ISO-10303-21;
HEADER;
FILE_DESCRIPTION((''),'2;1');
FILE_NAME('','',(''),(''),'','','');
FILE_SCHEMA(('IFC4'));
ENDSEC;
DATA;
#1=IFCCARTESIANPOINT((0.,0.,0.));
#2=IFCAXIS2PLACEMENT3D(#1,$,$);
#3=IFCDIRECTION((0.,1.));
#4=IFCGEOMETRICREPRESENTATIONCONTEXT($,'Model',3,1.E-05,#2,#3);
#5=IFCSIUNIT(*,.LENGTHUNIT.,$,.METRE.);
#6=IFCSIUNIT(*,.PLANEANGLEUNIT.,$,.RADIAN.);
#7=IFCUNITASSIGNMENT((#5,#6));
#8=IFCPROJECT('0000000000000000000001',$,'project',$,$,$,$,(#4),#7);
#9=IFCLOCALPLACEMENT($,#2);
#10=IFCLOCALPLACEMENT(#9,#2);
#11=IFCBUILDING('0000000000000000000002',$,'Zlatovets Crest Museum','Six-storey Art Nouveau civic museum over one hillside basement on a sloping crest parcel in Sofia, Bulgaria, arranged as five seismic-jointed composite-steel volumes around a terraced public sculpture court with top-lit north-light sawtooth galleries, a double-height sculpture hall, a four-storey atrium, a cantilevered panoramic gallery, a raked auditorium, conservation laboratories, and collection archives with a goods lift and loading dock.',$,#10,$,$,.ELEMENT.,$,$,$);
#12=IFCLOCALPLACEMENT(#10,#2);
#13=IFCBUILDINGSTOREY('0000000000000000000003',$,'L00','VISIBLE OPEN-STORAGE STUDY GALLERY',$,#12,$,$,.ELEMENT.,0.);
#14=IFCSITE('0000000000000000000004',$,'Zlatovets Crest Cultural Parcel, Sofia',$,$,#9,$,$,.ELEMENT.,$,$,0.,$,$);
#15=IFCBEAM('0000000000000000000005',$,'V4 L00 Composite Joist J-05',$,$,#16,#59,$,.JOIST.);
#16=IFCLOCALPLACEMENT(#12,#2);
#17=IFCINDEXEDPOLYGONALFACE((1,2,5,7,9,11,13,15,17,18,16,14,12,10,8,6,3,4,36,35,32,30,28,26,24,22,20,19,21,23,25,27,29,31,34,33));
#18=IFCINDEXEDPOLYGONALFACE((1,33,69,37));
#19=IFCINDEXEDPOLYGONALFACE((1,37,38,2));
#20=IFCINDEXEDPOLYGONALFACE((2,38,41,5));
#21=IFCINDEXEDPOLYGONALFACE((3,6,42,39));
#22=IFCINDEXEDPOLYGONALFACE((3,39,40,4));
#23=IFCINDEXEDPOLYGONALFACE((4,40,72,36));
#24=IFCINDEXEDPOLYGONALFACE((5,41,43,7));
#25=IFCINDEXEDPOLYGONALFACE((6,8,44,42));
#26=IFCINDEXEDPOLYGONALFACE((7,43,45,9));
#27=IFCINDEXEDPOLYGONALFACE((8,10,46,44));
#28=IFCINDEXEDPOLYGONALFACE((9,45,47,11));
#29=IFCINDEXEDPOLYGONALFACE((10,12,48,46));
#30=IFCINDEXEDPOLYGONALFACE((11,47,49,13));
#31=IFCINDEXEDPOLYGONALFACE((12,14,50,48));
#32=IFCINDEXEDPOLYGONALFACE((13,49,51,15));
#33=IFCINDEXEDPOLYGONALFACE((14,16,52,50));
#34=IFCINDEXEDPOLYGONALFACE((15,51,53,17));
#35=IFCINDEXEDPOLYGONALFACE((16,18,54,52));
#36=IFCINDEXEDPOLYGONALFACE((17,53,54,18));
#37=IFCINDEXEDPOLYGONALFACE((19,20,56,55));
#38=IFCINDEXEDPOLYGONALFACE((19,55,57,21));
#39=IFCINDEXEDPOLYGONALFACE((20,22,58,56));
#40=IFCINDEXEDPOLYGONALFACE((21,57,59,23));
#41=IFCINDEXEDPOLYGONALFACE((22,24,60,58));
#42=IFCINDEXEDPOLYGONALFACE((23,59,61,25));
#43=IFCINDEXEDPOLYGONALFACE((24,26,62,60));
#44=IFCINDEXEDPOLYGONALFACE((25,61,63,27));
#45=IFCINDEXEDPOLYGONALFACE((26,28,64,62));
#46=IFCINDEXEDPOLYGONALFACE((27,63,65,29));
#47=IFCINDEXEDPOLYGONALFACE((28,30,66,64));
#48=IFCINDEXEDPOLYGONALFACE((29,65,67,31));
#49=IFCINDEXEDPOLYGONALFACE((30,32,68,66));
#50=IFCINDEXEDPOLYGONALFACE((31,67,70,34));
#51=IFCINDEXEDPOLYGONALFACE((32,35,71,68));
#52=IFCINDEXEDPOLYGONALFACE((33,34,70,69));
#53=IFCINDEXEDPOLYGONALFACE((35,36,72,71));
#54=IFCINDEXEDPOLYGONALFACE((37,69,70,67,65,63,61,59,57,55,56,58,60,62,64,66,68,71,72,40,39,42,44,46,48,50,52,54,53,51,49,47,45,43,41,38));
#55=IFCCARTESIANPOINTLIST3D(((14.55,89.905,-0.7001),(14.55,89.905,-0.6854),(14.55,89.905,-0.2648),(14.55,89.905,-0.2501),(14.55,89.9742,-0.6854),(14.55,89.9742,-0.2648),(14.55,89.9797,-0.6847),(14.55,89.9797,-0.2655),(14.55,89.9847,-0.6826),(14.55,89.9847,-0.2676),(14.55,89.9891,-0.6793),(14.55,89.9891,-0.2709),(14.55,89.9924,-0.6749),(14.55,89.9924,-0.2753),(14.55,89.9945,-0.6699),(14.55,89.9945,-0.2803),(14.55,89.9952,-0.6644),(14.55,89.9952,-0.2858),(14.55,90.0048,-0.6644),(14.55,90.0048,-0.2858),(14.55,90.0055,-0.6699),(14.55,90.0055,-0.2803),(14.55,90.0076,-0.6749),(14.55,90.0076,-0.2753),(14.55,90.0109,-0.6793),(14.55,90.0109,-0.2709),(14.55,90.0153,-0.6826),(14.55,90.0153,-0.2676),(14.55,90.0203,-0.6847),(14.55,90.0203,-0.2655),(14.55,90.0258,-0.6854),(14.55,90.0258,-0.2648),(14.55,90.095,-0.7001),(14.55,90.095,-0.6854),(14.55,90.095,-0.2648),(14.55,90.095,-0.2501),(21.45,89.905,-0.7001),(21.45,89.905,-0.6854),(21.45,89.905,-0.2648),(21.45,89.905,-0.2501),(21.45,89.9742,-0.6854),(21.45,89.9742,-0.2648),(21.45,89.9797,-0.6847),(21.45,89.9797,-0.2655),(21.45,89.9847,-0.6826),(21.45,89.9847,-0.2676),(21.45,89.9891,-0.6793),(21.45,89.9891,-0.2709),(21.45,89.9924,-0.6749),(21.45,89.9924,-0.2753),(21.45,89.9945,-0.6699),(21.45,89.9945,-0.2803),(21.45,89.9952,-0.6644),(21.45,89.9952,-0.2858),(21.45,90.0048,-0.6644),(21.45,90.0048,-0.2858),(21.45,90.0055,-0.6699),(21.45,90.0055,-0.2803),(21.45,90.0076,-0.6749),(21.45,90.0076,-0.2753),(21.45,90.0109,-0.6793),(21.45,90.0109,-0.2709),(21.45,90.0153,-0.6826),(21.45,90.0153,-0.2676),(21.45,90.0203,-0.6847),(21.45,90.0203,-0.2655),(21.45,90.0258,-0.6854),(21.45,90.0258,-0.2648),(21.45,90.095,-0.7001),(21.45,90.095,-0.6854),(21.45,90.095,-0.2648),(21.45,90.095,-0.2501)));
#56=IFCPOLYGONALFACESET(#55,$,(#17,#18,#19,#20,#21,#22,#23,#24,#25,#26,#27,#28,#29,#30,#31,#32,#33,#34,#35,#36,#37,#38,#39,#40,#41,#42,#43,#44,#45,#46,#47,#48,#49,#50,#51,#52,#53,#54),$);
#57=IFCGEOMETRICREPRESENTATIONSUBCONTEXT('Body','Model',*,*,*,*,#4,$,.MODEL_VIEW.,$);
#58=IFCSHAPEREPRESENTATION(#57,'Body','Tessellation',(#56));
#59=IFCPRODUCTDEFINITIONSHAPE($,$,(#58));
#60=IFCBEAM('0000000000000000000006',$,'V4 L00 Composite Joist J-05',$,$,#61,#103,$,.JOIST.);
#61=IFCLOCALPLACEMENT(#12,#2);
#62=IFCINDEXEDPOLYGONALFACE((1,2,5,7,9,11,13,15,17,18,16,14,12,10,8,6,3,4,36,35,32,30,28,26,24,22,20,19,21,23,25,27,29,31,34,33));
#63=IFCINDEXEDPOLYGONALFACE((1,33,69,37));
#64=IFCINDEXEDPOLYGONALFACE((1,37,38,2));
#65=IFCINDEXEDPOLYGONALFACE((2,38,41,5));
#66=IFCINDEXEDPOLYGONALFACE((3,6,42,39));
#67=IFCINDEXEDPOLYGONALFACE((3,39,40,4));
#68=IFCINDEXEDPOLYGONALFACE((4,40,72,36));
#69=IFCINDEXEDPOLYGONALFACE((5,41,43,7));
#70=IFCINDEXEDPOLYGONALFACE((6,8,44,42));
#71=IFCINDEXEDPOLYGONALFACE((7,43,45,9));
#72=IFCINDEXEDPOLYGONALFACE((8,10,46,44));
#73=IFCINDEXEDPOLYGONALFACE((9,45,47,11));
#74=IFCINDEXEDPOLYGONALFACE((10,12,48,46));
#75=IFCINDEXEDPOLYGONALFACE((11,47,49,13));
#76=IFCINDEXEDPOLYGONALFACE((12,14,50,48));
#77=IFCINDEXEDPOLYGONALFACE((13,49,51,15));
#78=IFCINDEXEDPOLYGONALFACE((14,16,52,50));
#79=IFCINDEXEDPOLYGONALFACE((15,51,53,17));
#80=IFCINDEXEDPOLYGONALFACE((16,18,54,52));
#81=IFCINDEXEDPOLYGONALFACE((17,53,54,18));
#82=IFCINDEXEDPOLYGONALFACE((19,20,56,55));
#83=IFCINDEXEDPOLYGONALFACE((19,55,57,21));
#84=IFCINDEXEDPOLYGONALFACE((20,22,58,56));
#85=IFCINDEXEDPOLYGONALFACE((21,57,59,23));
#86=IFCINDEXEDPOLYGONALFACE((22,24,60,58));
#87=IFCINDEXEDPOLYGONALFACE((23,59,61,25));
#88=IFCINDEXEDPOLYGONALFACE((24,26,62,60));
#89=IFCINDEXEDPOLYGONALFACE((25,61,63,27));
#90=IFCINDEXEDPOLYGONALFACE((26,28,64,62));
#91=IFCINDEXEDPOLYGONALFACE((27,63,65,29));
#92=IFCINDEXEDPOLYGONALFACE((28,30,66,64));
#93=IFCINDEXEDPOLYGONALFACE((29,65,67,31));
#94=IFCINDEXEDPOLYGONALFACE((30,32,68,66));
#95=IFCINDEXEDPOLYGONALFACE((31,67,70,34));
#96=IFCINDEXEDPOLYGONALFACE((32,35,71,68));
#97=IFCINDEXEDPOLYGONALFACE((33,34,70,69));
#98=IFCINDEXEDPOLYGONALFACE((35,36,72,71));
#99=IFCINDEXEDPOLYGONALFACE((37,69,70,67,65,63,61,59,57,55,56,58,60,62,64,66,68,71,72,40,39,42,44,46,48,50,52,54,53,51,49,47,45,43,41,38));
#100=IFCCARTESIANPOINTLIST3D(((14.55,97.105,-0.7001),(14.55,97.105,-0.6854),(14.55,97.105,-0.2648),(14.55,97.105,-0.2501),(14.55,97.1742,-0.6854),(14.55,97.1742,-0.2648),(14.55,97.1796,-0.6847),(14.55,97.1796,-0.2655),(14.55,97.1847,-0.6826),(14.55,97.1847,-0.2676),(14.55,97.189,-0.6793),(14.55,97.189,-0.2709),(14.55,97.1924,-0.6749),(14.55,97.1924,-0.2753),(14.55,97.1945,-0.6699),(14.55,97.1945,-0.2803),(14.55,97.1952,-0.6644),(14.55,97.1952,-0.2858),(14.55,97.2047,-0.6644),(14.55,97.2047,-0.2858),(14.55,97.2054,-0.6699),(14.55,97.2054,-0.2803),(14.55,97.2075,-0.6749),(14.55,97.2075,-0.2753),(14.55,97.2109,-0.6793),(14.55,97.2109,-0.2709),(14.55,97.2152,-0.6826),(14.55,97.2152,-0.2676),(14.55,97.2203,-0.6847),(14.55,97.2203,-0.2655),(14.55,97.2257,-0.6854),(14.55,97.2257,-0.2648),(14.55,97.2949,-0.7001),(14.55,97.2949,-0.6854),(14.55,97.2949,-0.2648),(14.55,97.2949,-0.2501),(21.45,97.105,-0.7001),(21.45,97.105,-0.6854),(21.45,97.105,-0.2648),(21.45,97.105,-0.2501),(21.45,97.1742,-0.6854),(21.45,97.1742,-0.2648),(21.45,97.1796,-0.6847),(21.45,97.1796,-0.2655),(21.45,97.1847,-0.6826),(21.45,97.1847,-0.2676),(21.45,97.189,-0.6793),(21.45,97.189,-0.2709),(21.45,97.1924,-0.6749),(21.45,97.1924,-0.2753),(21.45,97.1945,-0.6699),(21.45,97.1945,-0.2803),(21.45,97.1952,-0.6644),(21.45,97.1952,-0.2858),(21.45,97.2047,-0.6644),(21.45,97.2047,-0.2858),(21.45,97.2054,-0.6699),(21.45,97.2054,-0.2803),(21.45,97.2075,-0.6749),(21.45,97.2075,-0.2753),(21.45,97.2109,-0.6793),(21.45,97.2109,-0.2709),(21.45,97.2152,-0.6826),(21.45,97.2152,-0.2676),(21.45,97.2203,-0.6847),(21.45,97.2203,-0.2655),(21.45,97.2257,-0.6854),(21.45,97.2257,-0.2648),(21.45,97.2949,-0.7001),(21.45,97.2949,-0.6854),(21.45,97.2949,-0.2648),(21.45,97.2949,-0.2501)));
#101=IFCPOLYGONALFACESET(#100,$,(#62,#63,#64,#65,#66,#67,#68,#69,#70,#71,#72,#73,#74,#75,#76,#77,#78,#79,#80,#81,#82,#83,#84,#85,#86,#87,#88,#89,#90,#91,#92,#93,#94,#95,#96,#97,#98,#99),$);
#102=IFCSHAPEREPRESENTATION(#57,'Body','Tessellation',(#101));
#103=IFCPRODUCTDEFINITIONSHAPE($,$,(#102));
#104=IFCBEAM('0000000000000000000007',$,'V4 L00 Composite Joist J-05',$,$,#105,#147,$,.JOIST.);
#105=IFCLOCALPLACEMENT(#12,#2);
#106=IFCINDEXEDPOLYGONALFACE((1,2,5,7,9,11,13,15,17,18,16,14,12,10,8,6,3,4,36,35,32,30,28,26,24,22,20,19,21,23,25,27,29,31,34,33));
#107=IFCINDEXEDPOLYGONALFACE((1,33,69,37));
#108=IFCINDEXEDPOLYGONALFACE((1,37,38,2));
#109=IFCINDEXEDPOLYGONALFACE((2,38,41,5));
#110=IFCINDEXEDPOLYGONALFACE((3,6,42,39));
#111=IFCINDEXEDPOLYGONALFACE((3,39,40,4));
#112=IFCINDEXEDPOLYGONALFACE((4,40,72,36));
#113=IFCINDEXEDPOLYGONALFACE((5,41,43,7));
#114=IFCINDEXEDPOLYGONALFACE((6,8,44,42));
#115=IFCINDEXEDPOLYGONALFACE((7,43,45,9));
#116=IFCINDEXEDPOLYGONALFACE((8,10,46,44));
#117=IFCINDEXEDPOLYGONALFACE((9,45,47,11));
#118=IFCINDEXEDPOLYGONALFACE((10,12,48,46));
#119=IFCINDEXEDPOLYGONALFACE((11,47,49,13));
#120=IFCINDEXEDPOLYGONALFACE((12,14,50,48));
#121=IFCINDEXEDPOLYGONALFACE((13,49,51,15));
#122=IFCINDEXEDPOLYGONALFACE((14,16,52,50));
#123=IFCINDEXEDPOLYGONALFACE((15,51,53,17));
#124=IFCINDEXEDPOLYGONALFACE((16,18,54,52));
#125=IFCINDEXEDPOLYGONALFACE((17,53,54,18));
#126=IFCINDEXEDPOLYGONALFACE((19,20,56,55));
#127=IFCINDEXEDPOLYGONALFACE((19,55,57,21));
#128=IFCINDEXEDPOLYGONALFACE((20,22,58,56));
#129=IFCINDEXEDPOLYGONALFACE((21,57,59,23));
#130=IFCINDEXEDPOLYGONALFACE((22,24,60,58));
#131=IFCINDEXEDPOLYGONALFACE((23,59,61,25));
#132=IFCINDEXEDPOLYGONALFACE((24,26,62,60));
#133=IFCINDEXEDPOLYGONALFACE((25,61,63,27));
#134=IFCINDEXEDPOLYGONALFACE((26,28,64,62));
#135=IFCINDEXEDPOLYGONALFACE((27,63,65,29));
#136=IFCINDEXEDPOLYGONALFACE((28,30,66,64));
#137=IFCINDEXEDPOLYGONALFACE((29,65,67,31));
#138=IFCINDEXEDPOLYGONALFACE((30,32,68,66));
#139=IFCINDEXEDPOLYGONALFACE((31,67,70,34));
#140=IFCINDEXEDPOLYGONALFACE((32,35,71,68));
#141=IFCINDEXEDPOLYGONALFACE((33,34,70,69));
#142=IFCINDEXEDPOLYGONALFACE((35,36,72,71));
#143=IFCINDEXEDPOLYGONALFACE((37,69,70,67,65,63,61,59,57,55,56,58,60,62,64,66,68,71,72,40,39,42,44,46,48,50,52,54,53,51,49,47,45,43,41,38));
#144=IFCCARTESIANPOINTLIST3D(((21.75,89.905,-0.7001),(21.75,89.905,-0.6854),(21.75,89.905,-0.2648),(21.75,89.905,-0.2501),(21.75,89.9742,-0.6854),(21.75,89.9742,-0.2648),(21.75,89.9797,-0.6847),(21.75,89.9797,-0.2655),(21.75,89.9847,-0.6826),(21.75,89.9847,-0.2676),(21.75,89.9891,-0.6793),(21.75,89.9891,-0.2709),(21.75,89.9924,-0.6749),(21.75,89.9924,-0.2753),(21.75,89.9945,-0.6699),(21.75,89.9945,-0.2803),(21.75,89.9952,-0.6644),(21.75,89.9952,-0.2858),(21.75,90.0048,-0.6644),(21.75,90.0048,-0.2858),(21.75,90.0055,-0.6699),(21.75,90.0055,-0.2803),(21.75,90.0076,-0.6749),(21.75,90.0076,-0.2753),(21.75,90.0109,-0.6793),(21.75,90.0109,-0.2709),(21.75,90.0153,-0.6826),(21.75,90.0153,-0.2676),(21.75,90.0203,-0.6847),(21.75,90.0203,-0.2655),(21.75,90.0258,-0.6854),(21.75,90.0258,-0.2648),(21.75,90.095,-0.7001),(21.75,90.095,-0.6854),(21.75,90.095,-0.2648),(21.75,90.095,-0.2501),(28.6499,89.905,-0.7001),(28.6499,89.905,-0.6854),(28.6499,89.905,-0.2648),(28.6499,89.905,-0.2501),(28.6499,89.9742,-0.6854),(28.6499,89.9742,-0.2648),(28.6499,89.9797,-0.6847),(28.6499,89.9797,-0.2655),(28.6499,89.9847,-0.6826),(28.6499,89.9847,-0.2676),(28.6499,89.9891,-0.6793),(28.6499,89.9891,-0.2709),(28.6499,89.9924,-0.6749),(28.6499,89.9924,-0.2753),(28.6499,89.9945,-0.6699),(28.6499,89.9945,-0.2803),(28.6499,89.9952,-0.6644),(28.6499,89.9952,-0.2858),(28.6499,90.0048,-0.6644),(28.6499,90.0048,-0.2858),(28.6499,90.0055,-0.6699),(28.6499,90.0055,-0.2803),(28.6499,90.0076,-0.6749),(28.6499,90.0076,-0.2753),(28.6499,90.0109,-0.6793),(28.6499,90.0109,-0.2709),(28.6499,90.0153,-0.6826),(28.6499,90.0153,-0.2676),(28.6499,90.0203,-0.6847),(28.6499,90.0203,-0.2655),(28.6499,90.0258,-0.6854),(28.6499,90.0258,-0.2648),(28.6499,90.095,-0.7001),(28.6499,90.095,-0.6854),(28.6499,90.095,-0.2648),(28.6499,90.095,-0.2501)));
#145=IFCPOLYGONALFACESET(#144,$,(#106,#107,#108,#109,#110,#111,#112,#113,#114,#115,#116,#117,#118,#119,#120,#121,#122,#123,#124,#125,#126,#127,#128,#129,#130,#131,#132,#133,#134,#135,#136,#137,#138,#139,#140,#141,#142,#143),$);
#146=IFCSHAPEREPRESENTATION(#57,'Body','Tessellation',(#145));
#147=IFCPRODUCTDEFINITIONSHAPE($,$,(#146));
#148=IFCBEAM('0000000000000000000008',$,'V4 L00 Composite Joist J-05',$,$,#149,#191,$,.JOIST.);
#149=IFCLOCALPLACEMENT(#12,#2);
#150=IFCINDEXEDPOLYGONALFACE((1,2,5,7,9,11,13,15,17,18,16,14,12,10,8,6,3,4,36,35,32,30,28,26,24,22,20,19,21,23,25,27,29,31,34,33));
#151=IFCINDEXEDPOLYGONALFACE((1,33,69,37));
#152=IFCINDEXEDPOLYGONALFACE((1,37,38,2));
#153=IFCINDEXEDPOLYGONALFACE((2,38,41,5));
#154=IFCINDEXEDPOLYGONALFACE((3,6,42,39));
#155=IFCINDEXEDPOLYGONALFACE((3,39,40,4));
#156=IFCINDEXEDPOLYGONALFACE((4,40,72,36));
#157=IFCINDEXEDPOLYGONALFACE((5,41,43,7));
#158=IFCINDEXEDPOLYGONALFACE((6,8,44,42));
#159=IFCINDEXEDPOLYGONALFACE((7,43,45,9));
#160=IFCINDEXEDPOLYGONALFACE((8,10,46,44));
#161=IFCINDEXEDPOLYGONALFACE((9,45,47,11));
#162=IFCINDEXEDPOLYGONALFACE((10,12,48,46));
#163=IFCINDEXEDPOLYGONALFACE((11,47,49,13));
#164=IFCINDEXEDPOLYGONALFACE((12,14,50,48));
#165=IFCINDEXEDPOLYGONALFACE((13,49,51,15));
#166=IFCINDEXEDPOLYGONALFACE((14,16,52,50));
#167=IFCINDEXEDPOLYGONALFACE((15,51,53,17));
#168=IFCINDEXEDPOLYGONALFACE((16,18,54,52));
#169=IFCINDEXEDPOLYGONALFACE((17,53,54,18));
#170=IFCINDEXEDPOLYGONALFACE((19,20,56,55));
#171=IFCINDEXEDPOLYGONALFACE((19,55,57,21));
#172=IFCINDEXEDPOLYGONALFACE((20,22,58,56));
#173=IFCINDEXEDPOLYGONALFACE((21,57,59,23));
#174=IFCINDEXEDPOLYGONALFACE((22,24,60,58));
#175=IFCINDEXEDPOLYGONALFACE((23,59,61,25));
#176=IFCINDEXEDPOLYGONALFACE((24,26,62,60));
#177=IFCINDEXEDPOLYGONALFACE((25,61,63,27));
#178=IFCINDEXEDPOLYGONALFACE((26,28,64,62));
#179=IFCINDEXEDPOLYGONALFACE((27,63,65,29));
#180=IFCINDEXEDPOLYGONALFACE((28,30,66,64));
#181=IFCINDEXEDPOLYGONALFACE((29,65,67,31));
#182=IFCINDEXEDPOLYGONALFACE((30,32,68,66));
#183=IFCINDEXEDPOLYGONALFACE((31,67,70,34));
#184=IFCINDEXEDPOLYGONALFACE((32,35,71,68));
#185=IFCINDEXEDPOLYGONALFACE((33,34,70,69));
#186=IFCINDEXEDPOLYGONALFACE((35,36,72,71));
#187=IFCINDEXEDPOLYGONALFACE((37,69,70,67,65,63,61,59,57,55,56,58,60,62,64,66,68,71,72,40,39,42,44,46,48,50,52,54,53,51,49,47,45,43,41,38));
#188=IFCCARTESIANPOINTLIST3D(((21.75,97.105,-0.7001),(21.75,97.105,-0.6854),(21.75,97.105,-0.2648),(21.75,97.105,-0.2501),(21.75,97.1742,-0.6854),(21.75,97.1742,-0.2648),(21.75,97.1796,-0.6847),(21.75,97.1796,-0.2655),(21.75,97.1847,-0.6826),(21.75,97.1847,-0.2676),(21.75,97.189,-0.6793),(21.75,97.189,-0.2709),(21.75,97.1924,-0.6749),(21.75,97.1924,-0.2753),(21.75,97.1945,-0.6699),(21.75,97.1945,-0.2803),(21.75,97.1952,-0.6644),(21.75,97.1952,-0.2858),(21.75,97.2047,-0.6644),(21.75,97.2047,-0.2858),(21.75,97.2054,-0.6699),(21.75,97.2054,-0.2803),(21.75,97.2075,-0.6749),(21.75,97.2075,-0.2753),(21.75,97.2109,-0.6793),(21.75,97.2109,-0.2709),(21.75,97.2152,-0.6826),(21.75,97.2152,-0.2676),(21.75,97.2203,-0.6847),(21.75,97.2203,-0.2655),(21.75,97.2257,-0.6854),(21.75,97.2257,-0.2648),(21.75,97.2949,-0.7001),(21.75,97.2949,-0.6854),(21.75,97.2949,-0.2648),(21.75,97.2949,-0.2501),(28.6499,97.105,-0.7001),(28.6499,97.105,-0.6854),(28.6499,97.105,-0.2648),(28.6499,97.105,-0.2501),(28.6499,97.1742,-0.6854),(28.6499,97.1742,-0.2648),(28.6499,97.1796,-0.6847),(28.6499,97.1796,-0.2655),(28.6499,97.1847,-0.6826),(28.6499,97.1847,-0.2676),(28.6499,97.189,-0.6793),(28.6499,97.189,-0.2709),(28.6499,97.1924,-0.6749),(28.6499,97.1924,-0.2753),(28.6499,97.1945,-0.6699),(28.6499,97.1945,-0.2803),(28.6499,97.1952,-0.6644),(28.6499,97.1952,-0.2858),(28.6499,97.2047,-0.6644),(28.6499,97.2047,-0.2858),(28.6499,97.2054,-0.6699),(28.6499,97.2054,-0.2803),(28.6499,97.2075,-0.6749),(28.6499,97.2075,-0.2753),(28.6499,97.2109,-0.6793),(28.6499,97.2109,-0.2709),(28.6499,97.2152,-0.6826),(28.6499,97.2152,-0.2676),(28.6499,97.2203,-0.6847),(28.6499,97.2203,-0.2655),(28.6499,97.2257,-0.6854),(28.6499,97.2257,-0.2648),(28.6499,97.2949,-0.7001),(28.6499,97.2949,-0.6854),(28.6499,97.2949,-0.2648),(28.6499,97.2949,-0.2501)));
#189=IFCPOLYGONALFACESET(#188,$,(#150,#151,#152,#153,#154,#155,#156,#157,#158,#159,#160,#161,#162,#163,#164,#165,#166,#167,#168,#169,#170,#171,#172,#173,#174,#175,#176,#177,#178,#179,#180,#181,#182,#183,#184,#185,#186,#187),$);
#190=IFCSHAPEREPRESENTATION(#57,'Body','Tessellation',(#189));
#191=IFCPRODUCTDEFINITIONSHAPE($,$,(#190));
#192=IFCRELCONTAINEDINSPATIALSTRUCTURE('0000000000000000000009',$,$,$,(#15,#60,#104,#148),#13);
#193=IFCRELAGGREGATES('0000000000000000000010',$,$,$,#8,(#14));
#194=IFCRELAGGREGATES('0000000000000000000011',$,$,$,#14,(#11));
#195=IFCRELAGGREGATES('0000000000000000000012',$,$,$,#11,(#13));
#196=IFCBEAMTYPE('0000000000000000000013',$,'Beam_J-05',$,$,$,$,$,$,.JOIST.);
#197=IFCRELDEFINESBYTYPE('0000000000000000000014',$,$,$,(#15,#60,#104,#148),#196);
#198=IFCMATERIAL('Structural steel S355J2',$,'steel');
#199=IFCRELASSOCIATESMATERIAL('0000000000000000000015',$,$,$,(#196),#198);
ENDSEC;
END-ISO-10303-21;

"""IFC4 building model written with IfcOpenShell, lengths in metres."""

from ifc_helpers import new_model, si_unit, direction, frame, origin, origin_2d, place, context, subcontext, project, spatial, i_section, extrude, material, material_profile, profile_set, type_object, element, save


model = new_model("IFC4")

# Units and contexts
model_context = context("Model", 3, precision=1e-05, world=origin(), true_north=direction((0.0, 1.0)))
body_context = subcontext(model_context, "Body", "Model", "MODEL_VIEW")
ifc_project = project(units=[si_unit("LENGTHUNIT", "METRE"), si_unit("PLANEANGLEUNIT", "RADIAN")], contexts=[model_context])

# Site, building, storey
site_placement = place(None, origin())
site = spatial("IfcSite", under=ifc_project, at=site_placement, Name="Zlatovets Crest Cultural Parcel, Sofia", CompositionType="ELEMENT", RefElevation=0.0)
building_placement = place(site_placement, origin())
building = spatial("IfcBuilding", under=site, at=building_placement, Name="Zlatovets Crest Museum", Description="Six-storey Art Nouveau civic museum over one hillside basement on a sloping crest parcel in Sofia, Bulgaria, arranged as five seismic-jointed composite-steel volumes around a terraced public sculpture court with top-lit north-light sawtooth galleries, a double-height sculpture hall, a four-storey atrium, a cantilevered panoramic gallery, a raked auditorium, conservation laboratories, and collection archives with a goods lift and loading dock.", CompositionType="ELEMENT")
storey_placement = place(building_placement, origin())
storey = spatial("IfcBuildingStorey", under=building, at=storey_placement, Name="L00", Description="VISIBLE OPEN-STORAGE STUDY GALLERY", CompositionType="ELEMENT", Elevation=0.0)

# Shared definitions
ifc_material_1 = material(Name="Structural steel S355J2", Category="steel")

# Beams
ifc_material_profile_1 = material_profile(ifc_material_1, i_section(OverallWidth=0.1899, OverallDepth=0.45, WebThickness=0.0095, FlangeThickness=0.0146, FilletRadius=0.021, at=origin_2d()), Name="IPE 450")
ifc_profile_set_1 = profile_set([ifc_material_profile_1], Name="Structural steel S355J2")
beam_type_1 = type_object("IfcBeamType", Name="Beam_J-05", PredefinedType="JOIST", material=ifc_profile_set_1)
for number, where, z_axis, x_axis, name in (
    (1, (14.55, 90.0, -0.4751), (1.0, 0.0, 0.0), (0.0, 1.0, 0.0), "V4 L00 Composite Joist J-05"),
    (2, (14.55, 97.2, -0.4751), (1.0, 0.0, 0.0), (0.0, 1.0, 0.0), "V4 L00 Composite Joist J-05"),
    (3, (21.75, 90.0, -0.4751), (1.0, 0.0, 0.0), (0.0, 1.0, 0.0), "V4 L00 Composite Joist J-05"),
    (4, (21.75, 97.2, -0.4751), (1.0, 0.0, 0.0), (0.0, 1.0, 0.0), "V4 L00 Composite Joist J-05"),
):
    element("IfcBeam", number, at=place(storey_placement, frame(where, z_axis=z_axis, x_axis=x_axis)), inside=storey, type_object=beam_type_1, Name=name, PredefinedType="JOIST", context=body_context, shape_type="SweptSolid", body=[
        extrude(i_section(OverallWidth=0.1899, OverallDepth=0.45, WebThickness=0.0095, FlangeThickness=0.0146, FilletRadius=0.021, at=origin_2d()), origin(), (0.0, 0.0, 1.0), 6.8999),
    ])

save(model, "model.ifc")
